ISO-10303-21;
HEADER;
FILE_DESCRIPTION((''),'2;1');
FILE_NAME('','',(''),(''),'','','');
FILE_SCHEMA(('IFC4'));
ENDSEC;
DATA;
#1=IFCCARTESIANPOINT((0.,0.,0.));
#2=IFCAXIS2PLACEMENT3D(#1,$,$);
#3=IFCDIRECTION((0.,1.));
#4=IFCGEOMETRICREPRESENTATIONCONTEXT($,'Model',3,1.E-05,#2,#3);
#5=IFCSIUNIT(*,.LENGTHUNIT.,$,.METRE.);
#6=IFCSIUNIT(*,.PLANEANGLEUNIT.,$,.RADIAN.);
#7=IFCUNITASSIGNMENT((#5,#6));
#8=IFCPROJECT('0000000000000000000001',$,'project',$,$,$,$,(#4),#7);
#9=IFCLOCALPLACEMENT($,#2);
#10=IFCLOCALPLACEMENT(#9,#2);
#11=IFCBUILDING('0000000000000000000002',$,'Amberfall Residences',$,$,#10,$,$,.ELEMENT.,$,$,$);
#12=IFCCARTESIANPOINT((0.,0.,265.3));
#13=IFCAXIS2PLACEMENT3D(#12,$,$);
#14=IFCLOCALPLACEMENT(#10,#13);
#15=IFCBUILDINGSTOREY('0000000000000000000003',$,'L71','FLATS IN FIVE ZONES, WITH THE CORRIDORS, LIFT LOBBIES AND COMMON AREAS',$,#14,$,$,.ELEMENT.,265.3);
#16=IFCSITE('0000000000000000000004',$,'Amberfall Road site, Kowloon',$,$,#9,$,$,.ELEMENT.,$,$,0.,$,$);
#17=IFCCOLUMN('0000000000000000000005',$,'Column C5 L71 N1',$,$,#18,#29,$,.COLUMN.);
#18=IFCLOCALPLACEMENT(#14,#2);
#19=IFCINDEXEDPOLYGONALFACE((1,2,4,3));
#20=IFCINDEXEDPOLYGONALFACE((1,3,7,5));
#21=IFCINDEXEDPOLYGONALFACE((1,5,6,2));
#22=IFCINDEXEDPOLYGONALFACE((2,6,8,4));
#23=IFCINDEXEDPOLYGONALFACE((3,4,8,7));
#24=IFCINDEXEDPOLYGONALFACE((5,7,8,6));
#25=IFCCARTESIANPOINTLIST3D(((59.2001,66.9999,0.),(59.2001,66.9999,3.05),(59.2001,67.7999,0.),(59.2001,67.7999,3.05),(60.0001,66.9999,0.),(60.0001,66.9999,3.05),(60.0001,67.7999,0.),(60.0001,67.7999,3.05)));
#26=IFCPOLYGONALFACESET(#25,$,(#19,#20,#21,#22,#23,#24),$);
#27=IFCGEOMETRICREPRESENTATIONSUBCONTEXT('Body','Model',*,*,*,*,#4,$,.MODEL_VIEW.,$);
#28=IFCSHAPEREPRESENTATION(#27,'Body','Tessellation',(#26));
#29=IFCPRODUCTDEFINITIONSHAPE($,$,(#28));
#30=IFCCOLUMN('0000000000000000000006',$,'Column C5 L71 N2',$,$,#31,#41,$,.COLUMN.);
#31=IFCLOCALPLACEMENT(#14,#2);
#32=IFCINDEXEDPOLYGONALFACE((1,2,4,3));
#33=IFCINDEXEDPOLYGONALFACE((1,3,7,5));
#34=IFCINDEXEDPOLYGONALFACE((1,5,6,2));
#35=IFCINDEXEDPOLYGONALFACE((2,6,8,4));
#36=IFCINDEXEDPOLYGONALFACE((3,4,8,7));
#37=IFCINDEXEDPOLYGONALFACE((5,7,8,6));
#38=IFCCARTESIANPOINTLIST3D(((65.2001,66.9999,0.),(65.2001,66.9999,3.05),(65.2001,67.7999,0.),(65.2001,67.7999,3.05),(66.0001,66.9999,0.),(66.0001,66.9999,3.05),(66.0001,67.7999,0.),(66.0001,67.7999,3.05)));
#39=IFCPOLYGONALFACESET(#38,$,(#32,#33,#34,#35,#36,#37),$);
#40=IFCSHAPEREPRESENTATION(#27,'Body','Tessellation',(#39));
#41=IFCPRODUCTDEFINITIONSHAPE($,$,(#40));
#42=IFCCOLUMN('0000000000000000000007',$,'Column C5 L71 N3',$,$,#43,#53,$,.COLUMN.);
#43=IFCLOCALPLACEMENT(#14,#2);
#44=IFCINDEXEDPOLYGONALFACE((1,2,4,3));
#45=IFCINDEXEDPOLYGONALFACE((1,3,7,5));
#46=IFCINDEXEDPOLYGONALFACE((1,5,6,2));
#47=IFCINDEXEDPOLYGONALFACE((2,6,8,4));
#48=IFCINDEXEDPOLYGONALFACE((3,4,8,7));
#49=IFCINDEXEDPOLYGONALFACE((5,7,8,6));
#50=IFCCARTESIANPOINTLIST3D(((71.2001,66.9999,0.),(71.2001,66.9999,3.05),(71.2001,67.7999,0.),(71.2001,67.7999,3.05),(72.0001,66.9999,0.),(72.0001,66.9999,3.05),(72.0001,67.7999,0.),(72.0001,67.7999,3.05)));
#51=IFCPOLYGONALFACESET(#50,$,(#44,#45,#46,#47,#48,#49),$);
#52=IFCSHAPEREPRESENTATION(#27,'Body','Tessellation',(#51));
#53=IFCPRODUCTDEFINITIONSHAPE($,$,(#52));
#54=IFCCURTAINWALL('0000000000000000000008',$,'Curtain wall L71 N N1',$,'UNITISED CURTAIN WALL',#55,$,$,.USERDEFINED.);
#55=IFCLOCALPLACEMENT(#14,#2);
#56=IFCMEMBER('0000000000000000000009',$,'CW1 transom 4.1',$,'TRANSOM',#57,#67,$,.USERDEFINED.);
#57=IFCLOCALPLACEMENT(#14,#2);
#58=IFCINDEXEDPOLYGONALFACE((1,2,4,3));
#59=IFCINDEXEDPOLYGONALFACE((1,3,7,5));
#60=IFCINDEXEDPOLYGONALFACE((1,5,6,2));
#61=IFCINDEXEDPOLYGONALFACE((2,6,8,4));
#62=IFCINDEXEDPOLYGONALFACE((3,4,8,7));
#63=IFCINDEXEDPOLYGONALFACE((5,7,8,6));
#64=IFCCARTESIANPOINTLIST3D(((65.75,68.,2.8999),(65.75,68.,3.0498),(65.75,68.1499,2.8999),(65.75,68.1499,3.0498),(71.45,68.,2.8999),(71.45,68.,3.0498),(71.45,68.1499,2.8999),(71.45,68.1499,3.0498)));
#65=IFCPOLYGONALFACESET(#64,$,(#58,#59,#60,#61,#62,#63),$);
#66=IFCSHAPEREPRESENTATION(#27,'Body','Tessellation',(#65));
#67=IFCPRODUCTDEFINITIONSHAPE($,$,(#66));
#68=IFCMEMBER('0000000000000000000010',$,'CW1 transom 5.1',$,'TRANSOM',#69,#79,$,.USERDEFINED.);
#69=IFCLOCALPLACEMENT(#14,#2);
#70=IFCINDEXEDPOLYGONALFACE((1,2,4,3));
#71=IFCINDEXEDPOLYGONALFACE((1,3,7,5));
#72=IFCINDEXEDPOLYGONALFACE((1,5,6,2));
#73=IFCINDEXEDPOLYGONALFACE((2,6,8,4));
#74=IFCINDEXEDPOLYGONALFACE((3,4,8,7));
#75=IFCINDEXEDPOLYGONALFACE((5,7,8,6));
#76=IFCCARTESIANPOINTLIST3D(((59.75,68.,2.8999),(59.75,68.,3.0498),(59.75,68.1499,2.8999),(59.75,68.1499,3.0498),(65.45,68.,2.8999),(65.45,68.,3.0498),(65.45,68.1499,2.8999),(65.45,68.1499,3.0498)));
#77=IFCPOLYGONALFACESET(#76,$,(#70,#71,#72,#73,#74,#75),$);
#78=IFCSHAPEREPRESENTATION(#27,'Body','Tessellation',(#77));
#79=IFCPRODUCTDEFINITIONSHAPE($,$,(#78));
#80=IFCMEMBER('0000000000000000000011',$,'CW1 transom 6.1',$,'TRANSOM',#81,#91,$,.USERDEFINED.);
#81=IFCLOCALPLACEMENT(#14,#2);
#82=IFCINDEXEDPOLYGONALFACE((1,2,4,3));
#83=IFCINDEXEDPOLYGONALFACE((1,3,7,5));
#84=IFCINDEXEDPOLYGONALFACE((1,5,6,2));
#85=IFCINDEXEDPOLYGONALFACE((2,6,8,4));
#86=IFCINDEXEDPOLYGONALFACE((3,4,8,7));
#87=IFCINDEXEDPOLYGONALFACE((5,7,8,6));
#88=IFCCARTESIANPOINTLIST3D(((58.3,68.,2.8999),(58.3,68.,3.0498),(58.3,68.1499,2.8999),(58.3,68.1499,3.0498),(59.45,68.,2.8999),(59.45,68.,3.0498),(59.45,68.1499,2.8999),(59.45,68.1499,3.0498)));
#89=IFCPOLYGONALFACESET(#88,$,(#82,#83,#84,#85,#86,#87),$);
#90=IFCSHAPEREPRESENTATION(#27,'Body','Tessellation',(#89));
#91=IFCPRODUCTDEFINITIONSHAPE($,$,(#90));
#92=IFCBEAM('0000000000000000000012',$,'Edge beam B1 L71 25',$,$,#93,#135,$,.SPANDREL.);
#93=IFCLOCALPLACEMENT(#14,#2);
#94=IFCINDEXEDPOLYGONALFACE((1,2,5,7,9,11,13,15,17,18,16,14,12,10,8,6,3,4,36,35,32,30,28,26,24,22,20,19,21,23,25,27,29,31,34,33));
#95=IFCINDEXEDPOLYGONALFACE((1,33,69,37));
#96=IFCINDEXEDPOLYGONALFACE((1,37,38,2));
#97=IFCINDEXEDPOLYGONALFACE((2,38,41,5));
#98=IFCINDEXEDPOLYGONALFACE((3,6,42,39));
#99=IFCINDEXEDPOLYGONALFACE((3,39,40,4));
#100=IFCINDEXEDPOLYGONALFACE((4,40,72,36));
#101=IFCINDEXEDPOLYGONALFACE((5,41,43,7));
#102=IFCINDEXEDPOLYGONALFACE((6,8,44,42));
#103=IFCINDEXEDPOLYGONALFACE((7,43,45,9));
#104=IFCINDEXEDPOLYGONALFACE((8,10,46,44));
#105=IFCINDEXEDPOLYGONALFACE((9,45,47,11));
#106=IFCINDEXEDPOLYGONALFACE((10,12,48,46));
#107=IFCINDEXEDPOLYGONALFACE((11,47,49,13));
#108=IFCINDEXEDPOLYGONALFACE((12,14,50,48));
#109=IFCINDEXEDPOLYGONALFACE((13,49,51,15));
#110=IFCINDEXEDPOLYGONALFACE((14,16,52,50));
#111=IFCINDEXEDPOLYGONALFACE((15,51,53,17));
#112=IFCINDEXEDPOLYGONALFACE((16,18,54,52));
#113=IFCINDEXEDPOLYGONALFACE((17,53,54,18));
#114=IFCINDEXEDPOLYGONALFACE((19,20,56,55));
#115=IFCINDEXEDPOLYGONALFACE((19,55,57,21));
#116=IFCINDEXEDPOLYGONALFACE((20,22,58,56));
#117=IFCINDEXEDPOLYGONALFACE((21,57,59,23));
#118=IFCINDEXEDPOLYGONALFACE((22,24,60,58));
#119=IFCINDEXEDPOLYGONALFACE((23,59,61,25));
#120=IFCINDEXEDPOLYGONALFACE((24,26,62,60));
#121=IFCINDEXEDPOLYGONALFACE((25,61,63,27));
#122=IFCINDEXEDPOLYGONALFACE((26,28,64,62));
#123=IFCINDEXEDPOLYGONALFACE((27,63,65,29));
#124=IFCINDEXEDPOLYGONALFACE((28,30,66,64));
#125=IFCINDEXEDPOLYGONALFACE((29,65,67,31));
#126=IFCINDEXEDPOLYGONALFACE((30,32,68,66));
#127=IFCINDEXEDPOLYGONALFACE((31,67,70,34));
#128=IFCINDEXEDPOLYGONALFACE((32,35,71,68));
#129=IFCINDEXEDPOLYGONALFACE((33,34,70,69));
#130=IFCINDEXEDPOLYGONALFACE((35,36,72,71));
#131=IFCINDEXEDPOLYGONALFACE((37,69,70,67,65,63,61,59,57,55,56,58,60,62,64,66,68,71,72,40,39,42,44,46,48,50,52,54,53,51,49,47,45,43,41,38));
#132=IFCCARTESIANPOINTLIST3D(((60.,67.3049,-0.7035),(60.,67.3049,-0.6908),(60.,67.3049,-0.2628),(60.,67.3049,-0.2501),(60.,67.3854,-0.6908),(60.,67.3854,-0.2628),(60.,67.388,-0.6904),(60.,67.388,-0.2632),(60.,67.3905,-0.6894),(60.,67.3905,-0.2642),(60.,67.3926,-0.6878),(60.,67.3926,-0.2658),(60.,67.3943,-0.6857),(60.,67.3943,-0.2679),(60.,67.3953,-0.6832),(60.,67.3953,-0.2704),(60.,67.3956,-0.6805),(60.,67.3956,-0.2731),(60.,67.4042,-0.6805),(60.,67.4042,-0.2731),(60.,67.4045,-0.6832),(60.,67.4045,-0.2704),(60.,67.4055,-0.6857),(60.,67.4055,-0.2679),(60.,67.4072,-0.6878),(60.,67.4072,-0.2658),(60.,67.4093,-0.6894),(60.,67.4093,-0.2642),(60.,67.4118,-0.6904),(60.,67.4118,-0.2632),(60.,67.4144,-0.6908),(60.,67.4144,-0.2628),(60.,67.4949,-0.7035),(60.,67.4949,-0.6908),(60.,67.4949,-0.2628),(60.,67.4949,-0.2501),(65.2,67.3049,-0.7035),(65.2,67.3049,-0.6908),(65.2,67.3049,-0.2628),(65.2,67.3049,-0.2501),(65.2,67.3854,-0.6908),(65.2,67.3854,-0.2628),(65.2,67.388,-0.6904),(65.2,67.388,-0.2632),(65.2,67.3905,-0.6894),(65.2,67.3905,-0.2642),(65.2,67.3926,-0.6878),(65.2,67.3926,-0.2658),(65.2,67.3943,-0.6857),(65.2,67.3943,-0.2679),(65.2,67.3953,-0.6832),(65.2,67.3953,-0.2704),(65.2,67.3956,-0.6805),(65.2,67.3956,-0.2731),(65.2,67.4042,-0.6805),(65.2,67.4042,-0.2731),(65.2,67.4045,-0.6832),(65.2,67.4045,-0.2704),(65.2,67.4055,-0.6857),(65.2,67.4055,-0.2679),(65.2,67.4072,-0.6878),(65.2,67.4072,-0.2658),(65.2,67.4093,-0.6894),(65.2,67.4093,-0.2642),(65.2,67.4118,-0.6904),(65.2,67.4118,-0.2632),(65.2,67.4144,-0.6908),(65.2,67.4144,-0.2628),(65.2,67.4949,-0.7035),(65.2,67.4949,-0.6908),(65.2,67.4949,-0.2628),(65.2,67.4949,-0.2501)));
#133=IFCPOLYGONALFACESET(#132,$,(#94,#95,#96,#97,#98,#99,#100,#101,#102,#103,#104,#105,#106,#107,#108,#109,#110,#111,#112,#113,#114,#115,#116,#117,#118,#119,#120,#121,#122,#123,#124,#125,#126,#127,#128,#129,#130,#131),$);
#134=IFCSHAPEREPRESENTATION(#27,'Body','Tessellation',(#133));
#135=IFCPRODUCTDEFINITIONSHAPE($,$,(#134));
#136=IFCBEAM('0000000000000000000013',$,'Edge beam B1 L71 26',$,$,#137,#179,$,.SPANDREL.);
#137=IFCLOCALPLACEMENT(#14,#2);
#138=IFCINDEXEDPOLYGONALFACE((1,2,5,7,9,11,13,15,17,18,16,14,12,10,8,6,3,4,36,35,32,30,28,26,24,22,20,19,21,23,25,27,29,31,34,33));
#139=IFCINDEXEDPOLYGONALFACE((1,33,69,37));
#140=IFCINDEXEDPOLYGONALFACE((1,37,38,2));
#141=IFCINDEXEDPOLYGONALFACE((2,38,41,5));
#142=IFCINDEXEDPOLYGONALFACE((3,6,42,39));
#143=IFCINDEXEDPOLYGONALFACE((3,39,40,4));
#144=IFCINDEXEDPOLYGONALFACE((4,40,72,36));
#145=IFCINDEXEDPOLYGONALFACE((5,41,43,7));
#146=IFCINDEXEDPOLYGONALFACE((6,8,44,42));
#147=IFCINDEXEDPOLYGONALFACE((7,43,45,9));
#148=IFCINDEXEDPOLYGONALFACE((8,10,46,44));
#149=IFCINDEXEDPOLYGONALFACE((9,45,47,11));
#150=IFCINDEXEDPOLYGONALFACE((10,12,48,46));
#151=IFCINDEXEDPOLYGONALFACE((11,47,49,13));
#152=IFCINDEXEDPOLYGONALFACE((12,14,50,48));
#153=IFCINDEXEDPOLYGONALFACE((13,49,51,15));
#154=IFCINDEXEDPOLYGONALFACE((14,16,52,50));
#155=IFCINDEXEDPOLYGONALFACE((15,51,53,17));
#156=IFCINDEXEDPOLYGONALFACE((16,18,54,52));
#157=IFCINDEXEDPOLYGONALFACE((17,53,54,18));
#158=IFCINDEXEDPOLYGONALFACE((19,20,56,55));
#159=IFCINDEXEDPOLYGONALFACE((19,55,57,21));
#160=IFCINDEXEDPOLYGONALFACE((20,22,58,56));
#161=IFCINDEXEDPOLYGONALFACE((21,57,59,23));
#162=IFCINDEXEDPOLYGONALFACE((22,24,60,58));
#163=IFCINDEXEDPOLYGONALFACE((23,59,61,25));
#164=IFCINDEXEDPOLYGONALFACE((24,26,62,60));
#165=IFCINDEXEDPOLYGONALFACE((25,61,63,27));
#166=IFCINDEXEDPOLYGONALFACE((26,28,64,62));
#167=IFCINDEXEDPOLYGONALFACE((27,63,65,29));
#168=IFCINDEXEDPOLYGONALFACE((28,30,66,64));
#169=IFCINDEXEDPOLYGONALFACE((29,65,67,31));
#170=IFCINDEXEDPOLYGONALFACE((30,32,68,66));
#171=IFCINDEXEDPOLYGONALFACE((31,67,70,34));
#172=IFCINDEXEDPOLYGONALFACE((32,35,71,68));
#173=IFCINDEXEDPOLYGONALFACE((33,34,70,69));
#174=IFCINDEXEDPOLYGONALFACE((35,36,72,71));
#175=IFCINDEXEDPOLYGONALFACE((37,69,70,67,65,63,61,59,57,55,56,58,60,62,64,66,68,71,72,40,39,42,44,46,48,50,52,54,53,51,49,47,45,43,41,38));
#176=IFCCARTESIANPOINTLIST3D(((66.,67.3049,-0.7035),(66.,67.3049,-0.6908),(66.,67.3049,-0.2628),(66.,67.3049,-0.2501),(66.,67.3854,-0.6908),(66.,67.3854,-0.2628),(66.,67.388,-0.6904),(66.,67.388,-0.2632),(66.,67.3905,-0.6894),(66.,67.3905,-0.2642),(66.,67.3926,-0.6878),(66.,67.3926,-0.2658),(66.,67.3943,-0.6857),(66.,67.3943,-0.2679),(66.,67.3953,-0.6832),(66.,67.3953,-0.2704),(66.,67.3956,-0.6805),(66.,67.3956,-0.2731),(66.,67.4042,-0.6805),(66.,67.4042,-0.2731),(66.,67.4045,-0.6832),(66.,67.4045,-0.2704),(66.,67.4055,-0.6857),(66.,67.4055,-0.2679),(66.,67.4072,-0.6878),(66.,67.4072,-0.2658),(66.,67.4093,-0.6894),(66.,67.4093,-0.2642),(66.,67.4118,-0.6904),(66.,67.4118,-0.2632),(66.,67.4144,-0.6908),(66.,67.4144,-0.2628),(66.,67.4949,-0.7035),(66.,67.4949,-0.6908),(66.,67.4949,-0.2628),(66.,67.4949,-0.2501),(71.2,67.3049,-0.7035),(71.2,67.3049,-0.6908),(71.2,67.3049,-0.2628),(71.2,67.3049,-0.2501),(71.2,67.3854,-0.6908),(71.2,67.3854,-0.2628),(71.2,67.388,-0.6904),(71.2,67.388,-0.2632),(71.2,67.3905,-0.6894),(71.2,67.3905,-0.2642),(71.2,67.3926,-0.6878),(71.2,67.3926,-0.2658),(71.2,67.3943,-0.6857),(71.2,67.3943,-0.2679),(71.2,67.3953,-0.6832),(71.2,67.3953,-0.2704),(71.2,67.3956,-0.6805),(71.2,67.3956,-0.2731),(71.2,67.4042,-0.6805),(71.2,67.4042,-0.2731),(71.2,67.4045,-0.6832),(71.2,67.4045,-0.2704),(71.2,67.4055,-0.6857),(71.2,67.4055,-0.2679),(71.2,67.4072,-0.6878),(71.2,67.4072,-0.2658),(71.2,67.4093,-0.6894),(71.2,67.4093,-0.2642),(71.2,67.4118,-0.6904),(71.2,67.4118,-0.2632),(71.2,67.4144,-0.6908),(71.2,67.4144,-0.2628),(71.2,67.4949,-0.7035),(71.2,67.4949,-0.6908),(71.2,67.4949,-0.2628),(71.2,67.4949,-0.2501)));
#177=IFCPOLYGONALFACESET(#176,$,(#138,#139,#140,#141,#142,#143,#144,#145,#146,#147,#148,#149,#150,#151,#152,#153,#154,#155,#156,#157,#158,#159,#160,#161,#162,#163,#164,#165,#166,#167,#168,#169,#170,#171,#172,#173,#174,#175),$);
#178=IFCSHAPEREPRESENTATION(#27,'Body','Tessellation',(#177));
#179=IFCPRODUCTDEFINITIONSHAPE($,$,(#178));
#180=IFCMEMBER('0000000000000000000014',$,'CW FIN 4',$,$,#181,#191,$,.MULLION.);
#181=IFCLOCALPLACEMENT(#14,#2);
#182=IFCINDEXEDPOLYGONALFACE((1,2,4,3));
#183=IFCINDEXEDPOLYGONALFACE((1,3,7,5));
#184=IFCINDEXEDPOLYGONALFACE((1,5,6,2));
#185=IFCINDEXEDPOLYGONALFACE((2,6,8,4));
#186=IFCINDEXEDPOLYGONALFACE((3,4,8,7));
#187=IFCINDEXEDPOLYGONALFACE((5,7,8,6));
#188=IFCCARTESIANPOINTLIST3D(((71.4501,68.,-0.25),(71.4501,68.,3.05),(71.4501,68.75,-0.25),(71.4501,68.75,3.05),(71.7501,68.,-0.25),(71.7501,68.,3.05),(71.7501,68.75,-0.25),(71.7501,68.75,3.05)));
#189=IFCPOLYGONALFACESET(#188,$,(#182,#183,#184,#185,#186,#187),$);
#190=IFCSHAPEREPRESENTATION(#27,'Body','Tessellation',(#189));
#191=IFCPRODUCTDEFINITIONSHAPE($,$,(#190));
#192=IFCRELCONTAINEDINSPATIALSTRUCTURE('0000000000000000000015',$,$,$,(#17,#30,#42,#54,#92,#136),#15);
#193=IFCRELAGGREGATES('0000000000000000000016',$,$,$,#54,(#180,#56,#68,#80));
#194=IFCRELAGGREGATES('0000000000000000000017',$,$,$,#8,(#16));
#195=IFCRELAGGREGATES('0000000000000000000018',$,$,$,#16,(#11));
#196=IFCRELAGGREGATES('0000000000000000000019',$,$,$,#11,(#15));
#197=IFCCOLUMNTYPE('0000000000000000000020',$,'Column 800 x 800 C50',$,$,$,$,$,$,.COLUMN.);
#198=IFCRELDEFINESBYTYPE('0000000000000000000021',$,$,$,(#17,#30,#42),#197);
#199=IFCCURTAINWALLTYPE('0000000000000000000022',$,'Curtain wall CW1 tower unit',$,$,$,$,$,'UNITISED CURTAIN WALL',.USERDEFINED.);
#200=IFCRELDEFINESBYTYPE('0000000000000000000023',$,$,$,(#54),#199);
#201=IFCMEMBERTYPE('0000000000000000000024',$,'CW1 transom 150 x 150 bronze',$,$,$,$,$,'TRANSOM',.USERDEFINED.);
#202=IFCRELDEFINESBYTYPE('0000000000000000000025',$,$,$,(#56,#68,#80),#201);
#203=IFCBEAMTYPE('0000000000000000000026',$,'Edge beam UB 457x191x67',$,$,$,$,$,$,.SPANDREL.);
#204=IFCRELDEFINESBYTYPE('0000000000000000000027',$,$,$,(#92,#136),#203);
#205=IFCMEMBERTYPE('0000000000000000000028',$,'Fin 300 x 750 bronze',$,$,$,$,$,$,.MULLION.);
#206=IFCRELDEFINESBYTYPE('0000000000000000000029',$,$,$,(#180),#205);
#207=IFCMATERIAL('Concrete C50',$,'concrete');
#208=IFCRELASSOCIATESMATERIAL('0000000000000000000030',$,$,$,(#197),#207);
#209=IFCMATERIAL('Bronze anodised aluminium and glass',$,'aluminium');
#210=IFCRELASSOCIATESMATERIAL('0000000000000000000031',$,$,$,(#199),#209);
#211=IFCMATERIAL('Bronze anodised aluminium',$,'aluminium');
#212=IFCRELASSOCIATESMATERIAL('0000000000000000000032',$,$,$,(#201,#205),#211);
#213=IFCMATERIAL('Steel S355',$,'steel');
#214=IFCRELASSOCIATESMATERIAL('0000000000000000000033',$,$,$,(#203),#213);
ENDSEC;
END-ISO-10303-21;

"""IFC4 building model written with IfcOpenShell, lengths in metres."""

from ifc_helpers import new_model, si_unit, direction, frame, origin, origin_2d, place, context, subcontext, project, spatial, rectangle, i_section, extrude, material, material_profile, profile_set, type_object, element, aggregate, save


model = new_model("IFC4")

# Units and contexts
model_context = context("Model", 3, precision=1e-05, world=origin(), true_north=direction((0.0, 1.0)))
body_context = subcontext(model_context, "Body", "Model", "MODEL_VIEW")
ifc_project = project(units=[si_unit("LENGTHUNIT", "METRE"), si_unit("PLANEANGLEUNIT", "RADIAN")], contexts=[model_context])

# Site, building, storey
site_placement = place(None, origin())
site = spatial("IfcSite", under=ifc_project, at=site_placement, Name="Amberfall Road site, Kowloon", CompositionType="ELEMENT", RefElevation=0.0)
building_placement = place(site_placement, origin())
building = spatial("IfcBuilding", under=site, at=building_placement, Name="Amberfall Residences", CompositionType="ELEMENT")
storey_placement = place(building_placement, frame((0.0, 0.0, 265.3)))
storey = spatial("IfcBuildingStorey", under=building, at=storey_placement, Name="L71", Description="FLATS IN FIVE ZONES, WITH THE CORRIDORS, LIFT LOBBIES AND COMMON AREAS", CompositionType="ELEMENT", Elevation=265.3)

# Columns
ifc_material_1 = material(Name="Concrete C50", Category="concrete")
ifc_material_profile_1 = material_profile(ifc_material_1, rectangle(XDim=0.8, YDim=0.8, at=origin_2d()), Name="Column 800 x 800 C50")
ifc_profile_set_1 = profile_set([ifc_material_profile_1], Name="Concrete C50")
column_type = type_object("IfcColumnType", Name="Column 800 x 800 C50", PredefinedType="COLUMN", material=ifc_profile_set_1)
for number, where, z_axis, x_axis, name in (
    (1, (59.6001, 67.3999, 0.0), (0.0, 0.0, 1.0), (1.0, 0.0, 0.0), "Column C5 L71 N1"),
    (2, (65.6001, 67.3999, 0.0), (0.0, 0.0, 1.0), (1.0, 0.0, 0.0), "Column C5 L71 N2"),
    (3, (71.6001, 67.3999, 0.0), (0.0, 0.0, 1.0), (1.0, 0.0, 0.0), "Column C5 L71 N3"),
):
    element("IfcColumn", number, at=place(storey_placement, frame(where, z_axis=z_axis, x_axis=x_axis)), inside=storey, type_object=column_type, Name=name, PredefinedType="COLUMN", context=body_context, shape_type="SweptSolid", body=[
        extrude(rectangle(XDim=0.8, YDim=0.8, at=origin_2d()), origin(), (0.0, 0.0, 1.0), 3.05),
    ])

# Curtain wall, members
ifc_material_2 = material(Name="Bronze anodised aluminium and glass", Category="aluminium")
curtain_wall_type = type_object("IfcCurtainWallType", Name="Curtain wall CW1 tower unit", ElementType="UNITISED CURTAIN WALL", PredefinedType="USERDEFINED", material=ifc_material_2)
curtain_wall_placement = place(storey_placement, origin())
curtain_wall = element("IfcCurtainWall", 4, at=curtain_wall_placement, inside=storey, type_object=curtain_wall_type, Name="Curtain wall L71 N N1", ObjectType="UNITISED CURTAIN WALL", PredefinedType="USERDEFINED")
ifc_material_3 = material(Name="Bronze anodised aluminium", Category="aluminium")
ifc_material_profile_2 = material_profile(ifc_material_3, rectangle(XDim=0.1499, YDim=0.1499, at=origin_2d()), Name="CW1 transom 150 x 150 bronze")
ifc_profile_set_2 = profile_set([ifc_material_profile_2], Name="Bronze anodised aluminium")
member_type_1 = type_object("IfcMemberType", Name="CW1 transom 150 x 150 bronze", ElementType="TRANSOM", PredefinedType="USERDEFINED", material=ifc_profile_set_2)
member_1_placement = place(storey_placement, frame((71.45, 68.075, 2.9749), z_axis=(-1.0, 0.0, 0.0), x_axis=(0.0, -1.0, 0.0)))
member_1 = element("IfcMember", 5, at=member_1_placement, type_object=member_type_1, Name="CW1 transom 4.1", ObjectType="TRANSOM", PredefinedType="USERDEFINED", context=body_context, shape_type="SweptSolid", body=[
    extrude(rectangle(XDim=0.1499, YDim=0.1499, at=origin_2d()), origin(), (0.0, 0.0, 1.0), 5.7),
])
member_2_placement = place(storey_placement, frame((65.45, 68.075, 2.9749), z_axis=(-1.0, 0.0, 0.0), x_axis=(0.0, -1.0, 0.0)))
member_2 = element("IfcMember", 6, at=member_2_placement, type_object=member_type_1, Name="CW1 transom 5.1", ObjectType="TRANSOM", PredefinedType="USERDEFINED", context=body_context, shape_type="SweptSolid", body=[
    extrude(rectangle(XDim=0.1499, YDim=0.1499, at=origin_2d()), origin(), (0.0, 0.0, 1.0), 5.7),
])
member_3_placement = place(storey_placement, frame((59.45, 68.075, 2.9749), z_axis=(-1.0, 0.0, 0.0), x_axis=(0.0, -1.0, 0.0)))
member_3 = element("IfcMember", 7, at=member_3_placement, type_object=member_type_1, Name="CW1 transom 6.1", ObjectType="TRANSOM", PredefinedType="USERDEFINED", context=body_context, shape_type="SweptSolid", body=[
    extrude(rectangle(XDim=0.1499, YDim=0.1499, at=origin_2d()), origin(), (0.0, 0.0, 1.0), 1.1499),
])

# Beams
ifc_material_4 = material(Name="Steel S355", Category="steel")
ifc_material_profile_3 = material_profile(ifc_material_4, i_section(OverallWidth=0.1899, OverallDepth=0.4534, WebThickness=0.0085, FlangeThickness=0.0127, FilletRadius=0.0103, at=origin_2d()), Name="UB 457x191x67")
ifc_profile_set_3 = profile_set([ifc_material_profile_3], Name="Steel S355")
beam_type_1 = type_object("IfcBeamType", Name="Edge beam UB 457x191x67", PredefinedType="SPANDREL", material=ifc_profile_set_3)
for number, where, z_axis, x_axis, name in (
    (8, (60.0, 67.3999, -0.4768), (1.0, 0.0, 0.0), (0.0, 1.0, 0.0), "Edge beam B1 L71 25"),
    (9, (66.0, 67.3999, -0.4768), (1.0, 0.0, 0.0), (0.0, 1.0, 0.0), "Edge beam B1 L71 26"),
):
    element("IfcBeam", number, at=place(storey_placement, frame(where, z_axis=z_axis, x_axis=x_axis)), inside=storey, type_object=beam_type_1, Name=name, PredefinedType="SPANDREL", context=body_context, shape_type="SweptSolid", body=[
        extrude(i_section(OverallWidth=0.1899, OverallDepth=0.4534, WebThickness=0.0085, FlangeThickness=0.0127, FilletRadius=0.0103, at=origin_2d()), origin(), (0.0, 0.0, 1.0), 5.2),
    ])

# Member
ifc_material_profile_4 = material_profile(ifc_material_3, rectangle(XDim=0.75, YDim=0.3, at=origin_2d()), Name="Fin 300 x 750 bronze")
ifc_profile_set_4 = profile_set([ifc_material_profile_4], Name="Bronze anodised aluminium")
member_type_2 = type_object("IfcMemberType", Name="Fin 300 x 750 bronze", PredefinedType="MULLION", material=ifc_profile_set_4)
member_4_placement = place(storey_placement, frame((71.6001, 68.375, -0.25), z_axis=(0.0, 0.0, 1.0), x_axis=(0.0, -1.0, 0.0)))
member_4 = element("IfcMember", 10, at=member_4_placement, type_object=member_type_2, Name="CW FIN 4", PredefinedType="MULLION", context=body_context, shape_type="SweptSolid", body=[
    extrude(rectangle(XDim=0.75, YDim=0.3, at=origin_2d()), origin(), (0.0, 0.0, 1.0), 3.3),
])

aggregate(curtain_wall, [member_4, member_1, member_2, member_3])

save(model, "model.ifc")
